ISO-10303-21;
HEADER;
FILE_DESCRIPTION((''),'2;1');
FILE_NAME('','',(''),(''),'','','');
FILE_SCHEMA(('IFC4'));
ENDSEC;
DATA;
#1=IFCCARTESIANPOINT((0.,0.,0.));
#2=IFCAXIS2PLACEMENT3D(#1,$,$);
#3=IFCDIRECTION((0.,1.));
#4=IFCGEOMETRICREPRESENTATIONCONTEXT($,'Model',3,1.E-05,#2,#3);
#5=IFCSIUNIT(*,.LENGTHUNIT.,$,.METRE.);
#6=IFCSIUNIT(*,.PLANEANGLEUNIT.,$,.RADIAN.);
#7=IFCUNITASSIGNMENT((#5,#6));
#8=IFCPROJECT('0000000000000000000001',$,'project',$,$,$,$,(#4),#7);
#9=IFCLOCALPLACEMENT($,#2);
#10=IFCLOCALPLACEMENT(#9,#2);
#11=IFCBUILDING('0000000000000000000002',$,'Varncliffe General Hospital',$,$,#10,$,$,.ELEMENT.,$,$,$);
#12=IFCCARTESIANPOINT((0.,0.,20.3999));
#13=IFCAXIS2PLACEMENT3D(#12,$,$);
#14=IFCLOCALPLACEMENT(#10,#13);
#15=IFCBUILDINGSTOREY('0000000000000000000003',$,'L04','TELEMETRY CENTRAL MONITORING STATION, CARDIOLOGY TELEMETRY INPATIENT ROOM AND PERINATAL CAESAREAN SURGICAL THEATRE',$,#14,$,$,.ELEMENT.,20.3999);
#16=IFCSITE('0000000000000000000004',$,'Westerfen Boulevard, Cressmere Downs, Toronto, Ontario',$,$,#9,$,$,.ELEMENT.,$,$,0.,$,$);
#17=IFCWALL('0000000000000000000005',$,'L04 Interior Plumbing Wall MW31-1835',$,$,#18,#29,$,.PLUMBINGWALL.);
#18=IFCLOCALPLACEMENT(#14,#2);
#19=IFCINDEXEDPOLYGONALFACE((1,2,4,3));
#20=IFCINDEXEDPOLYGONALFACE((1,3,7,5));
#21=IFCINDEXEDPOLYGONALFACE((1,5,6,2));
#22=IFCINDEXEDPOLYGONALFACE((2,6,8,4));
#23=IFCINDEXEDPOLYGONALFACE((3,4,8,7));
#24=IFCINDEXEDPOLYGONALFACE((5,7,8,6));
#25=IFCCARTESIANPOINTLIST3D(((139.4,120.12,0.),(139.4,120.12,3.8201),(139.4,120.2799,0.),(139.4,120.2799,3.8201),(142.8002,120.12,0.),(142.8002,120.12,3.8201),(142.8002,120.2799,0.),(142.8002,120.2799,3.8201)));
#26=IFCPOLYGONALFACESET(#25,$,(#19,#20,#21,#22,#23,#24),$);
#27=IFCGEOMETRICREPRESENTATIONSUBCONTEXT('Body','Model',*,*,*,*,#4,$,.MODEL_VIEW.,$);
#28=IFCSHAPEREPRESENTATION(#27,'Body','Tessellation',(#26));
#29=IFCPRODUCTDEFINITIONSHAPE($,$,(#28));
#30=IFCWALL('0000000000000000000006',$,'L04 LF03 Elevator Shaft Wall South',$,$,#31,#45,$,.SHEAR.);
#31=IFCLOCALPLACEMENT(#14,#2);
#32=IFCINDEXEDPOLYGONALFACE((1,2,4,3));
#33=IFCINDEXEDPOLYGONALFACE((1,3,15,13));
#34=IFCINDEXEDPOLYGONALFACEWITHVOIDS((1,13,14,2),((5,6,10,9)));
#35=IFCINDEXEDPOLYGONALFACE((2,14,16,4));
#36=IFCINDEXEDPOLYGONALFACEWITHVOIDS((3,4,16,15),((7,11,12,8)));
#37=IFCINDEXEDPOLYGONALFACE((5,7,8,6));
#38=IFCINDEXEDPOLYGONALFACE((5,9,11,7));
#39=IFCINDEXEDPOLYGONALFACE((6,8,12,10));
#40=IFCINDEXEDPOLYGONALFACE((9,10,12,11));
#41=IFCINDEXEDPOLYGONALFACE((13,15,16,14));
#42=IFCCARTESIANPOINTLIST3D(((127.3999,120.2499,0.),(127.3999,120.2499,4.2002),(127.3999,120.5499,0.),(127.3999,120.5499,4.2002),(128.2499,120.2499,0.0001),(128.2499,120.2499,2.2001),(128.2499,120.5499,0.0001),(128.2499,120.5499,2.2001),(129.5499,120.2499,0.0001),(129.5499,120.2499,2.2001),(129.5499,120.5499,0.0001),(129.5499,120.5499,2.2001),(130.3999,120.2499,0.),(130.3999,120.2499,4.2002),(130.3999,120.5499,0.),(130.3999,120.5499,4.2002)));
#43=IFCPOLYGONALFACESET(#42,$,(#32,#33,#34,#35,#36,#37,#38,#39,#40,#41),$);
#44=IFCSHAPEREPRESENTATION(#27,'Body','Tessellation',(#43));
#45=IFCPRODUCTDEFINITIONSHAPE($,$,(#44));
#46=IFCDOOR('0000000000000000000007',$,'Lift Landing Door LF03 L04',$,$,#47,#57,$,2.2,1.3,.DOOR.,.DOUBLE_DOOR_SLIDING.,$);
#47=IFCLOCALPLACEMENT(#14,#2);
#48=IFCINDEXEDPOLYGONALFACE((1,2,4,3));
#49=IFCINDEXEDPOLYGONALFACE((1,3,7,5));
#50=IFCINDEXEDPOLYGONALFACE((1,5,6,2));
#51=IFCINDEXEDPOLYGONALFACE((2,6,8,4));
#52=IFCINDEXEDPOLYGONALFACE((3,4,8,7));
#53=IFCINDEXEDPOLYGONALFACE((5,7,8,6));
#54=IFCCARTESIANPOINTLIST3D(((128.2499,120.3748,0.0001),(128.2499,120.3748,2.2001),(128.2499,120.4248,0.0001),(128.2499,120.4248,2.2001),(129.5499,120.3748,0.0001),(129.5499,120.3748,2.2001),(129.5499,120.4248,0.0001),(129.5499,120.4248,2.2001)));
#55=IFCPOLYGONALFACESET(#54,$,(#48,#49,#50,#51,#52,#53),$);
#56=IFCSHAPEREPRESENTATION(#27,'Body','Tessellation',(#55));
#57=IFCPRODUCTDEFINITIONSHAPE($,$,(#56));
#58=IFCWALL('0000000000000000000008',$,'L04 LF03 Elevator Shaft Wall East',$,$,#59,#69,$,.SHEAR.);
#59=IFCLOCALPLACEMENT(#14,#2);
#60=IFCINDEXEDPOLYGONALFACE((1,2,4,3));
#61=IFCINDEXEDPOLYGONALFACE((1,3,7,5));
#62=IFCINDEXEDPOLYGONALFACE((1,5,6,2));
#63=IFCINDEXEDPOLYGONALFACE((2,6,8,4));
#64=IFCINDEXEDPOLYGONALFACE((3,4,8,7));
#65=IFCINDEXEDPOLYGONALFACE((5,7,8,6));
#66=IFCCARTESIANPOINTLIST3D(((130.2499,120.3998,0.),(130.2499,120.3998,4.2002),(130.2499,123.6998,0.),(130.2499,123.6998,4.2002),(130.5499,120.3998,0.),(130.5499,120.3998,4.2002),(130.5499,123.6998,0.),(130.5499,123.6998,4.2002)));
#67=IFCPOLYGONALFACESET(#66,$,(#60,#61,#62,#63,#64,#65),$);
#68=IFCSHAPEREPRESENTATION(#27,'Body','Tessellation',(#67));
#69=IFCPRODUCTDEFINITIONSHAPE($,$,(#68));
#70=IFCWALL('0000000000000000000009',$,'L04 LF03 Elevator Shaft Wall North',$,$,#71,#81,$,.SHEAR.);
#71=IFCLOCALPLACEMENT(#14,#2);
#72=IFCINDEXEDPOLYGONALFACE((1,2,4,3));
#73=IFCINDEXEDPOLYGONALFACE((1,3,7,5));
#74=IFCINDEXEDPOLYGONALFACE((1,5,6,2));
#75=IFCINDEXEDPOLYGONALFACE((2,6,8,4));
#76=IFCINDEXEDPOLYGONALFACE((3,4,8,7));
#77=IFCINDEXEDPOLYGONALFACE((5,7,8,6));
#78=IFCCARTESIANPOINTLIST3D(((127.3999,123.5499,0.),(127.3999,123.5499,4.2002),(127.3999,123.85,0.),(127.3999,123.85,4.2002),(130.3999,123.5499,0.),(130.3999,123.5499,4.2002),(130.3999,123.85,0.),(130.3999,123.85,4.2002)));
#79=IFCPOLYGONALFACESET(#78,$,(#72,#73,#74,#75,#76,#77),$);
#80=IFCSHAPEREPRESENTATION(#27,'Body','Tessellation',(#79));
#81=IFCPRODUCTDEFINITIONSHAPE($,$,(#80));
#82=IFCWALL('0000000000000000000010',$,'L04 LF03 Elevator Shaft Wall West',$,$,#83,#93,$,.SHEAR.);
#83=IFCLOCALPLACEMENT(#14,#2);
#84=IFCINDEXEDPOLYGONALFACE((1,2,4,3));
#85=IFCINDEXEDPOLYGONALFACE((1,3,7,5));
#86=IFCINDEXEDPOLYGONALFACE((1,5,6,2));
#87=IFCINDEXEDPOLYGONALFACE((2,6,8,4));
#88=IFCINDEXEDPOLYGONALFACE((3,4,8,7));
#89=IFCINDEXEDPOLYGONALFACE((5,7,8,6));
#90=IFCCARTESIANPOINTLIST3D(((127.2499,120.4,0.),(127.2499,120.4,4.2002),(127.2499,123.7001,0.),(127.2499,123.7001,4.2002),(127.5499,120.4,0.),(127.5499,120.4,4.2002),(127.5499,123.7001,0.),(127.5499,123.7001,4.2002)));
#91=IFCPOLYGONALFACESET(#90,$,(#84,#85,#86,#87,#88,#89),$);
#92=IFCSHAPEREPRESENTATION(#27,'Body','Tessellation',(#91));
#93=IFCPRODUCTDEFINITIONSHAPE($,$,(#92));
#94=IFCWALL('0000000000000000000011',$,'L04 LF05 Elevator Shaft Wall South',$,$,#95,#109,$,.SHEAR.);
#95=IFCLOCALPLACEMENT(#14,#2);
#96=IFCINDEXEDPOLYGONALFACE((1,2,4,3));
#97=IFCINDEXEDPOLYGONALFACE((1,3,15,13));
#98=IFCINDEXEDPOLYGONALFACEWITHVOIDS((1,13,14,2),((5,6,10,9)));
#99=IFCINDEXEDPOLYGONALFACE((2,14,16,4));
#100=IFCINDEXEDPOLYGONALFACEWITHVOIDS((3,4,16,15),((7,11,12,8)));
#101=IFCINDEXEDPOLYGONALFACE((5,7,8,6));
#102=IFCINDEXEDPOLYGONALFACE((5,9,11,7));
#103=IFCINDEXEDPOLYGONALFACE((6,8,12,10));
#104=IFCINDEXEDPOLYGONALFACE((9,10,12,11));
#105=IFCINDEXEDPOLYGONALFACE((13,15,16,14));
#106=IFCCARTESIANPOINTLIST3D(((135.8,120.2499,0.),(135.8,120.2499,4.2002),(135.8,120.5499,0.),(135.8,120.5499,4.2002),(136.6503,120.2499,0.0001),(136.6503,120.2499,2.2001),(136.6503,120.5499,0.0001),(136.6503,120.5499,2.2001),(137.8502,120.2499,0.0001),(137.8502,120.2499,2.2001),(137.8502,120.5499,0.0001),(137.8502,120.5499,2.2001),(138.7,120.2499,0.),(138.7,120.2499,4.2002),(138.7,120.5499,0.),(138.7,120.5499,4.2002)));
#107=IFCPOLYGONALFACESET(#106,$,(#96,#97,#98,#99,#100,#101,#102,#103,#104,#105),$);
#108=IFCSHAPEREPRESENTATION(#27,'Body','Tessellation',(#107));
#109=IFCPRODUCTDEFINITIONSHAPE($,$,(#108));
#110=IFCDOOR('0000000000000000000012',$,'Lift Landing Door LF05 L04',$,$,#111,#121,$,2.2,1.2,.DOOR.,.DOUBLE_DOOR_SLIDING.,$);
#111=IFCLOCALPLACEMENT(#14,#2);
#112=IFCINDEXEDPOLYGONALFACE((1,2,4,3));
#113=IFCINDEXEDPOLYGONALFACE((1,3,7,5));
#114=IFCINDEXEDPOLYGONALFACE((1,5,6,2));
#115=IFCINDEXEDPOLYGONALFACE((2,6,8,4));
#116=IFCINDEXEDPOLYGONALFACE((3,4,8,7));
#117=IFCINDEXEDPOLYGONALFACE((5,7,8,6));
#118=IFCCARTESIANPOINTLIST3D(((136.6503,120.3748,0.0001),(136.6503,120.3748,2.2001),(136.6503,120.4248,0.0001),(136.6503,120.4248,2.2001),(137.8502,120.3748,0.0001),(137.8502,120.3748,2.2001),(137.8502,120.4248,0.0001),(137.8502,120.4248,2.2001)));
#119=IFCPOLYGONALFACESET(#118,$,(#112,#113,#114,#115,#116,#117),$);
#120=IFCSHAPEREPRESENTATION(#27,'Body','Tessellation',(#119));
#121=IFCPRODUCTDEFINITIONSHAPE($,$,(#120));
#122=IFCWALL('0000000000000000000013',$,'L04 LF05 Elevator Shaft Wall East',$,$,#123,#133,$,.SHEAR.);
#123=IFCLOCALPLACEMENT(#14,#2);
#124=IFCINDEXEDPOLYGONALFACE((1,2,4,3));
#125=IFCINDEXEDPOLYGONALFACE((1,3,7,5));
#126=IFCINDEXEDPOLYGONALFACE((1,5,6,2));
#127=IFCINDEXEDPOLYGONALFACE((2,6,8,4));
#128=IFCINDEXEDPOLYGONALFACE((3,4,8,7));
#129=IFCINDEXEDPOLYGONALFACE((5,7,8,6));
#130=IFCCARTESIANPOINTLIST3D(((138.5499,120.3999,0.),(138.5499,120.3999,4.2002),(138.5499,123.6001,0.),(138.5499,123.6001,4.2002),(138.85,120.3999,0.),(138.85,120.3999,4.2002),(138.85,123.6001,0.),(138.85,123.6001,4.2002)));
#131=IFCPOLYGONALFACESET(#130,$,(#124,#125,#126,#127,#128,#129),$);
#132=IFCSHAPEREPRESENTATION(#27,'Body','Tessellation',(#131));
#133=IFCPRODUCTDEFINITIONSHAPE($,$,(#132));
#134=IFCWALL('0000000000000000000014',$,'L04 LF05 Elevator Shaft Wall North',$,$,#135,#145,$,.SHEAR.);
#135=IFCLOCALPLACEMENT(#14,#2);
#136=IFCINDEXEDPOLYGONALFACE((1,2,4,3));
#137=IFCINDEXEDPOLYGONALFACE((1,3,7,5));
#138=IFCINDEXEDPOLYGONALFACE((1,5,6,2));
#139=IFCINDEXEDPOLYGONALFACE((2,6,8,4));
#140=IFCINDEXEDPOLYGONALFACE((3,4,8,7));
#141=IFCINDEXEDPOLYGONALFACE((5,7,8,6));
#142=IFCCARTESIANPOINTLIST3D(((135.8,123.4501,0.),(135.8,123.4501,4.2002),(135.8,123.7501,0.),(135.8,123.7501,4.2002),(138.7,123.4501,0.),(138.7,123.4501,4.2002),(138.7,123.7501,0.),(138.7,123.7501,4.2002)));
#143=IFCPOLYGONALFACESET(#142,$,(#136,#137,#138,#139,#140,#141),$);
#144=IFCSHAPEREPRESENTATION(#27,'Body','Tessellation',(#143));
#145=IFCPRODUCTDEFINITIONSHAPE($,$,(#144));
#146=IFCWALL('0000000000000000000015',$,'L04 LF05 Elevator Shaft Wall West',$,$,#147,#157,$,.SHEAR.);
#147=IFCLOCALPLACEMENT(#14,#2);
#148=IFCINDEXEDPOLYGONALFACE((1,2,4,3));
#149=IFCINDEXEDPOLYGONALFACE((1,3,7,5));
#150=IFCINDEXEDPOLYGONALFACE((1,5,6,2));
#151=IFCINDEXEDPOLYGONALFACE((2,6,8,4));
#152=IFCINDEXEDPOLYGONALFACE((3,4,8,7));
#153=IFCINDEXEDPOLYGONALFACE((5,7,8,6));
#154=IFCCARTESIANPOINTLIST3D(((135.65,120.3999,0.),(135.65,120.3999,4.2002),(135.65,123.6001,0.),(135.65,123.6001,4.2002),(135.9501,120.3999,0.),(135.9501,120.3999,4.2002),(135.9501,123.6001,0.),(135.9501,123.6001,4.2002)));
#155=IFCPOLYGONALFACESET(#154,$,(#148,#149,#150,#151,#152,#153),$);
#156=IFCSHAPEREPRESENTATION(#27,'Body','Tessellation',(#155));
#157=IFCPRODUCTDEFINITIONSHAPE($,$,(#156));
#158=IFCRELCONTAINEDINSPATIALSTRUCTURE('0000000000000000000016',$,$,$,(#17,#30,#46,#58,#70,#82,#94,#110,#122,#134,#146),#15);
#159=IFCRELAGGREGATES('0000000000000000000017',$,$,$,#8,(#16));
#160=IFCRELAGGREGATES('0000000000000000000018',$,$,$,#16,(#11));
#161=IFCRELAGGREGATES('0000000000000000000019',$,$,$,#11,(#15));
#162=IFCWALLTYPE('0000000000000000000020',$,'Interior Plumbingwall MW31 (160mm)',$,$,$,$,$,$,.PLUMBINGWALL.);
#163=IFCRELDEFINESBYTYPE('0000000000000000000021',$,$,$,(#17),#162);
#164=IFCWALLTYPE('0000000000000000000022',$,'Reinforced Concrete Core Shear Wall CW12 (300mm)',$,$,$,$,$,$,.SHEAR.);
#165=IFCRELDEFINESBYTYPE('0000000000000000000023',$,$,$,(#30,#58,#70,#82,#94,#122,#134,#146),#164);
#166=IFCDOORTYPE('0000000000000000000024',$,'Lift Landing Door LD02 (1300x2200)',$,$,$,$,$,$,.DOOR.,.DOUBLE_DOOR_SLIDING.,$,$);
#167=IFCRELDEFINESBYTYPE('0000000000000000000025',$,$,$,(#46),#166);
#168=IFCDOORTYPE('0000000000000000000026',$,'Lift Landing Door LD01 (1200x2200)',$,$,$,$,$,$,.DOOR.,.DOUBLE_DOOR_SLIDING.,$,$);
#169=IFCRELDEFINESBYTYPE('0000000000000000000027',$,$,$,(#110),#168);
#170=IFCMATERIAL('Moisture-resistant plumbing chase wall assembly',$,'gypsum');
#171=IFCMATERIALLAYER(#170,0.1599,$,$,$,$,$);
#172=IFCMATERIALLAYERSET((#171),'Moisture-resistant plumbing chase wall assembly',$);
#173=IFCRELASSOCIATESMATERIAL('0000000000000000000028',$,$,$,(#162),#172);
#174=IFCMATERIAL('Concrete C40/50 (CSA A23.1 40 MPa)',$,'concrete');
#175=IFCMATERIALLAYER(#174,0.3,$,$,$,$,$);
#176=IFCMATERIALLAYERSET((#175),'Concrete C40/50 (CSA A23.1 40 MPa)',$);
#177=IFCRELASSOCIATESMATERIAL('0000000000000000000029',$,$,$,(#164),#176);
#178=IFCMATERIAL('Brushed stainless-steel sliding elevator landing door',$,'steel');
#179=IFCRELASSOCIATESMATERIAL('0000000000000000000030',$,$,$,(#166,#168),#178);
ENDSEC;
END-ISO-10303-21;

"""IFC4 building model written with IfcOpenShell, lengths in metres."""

from ifc_helpers import new_model, si_unit, direction, frame, frame_2d, origin, place, context, subcontext, project, spatial, rectangle, extrude, material, layer, layer_set, type_object, element, fill, save


model = new_model("IFC4")

# Units and contexts
model_context = context("Model", 3, precision=1e-05, world=origin(), true_north=direction((0.0, 1.0)))
body_context = subcontext(model_context, "Body", "Model", "MODEL_VIEW")
ifc_project = project(units=[si_unit("LENGTHUNIT", "METRE"), si_unit("PLANEANGLEUNIT", "RADIAN")], contexts=[model_context])

# Site, building, storey
site_placement = place(None, origin())
site = spatial("IfcSite", under=ifc_project, at=site_placement, Name="Westerfen Boulevard, Cressmere Downs, Toronto, Ontario", CompositionType="ELEMENT", RefElevation=0.0)
building_placement = place(site_placement, origin())
building = spatial("IfcBuilding", under=site, at=building_placement, Name="Varncliffe General Hospital", CompositionType="ELEMENT")
storey_placement = place(building_placement, frame((0.0, 0.0, 20.3999)))
storey = spatial("IfcBuildingStorey", under=building, at=storey_placement, Name="L04", Description="TELEMETRY CENTRAL MONITORING STATION, CARDIOLOGY TELEMETRY INPATIENT ROOM AND PERINATAL CAESAREAN SURGICAL THEATRE", CompositionType="ELEMENT", Elevation=20.3999)

# Shared definitions
ifc_material_1 = material(Name="Concrete C40/50 (CSA A23.1 40 MPa)", Category="concrete")

# Wall
ifc_material_2 = material(Name="Moisture-resistant plumbing chase wall assembly", Category="gypsum")
ifc_layer_1 = layer(ifc_material_2, 0.1599)
ifc_layer_set_1 = layer_set([ifc_layer_1], Name="Moisture-resistant plumbing chase wall assembly")
wall_type_1 = type_object("IfcWallType", Name="Interior Plumbingwall MW31 (160mm)", PredefinedType="PLUMBINGWALL", material=ifc_layer_set_1)
wall_1_placement = place(storey_placement, frame((139.3999, 120.2, 0.0), z_axis=(0.0, 0.0, 1.0), x_axis=(1.0, 0.0, 0.0)))
element("IfcWall", 1, at=wall_1_placement, inside=storey, type_object=wall_type_1, Name="L04 Interior Plumbing Wall MW31-1835", PredefinedType="PLUMBINGWALL", context=body_context, shape_type="SweptSolid", body=[
    extrude(rectangle(XDim=3.4001, YDim=0.1599, at=frame_2d((1.7002, 0.0))), origin(), (0.0, 0.0, 1.0), 3.8201),
])

# Wall, opening, door
ifc_layer_2 = layer(ifc_material_1, 0.3)
ifc_layer_set_2 = layer_set([ifc_layer_2], Name="Concrete C40/50 (CSA A23.1 40 MPa)")
wall_type_2 = type_object("IfcWallType", Name="Reinforced Concrete Core Shear Wall CW12 (300mm)", PredefinedType="SHEAR", material=ifc_layer_set_2)
wall_2_placement = place(storey_placement, frame((127.3999, 120.3999, 0.0), z_axis=(0.0, 0.0, 1.0), x_axis=(1.0, 0.0, 0.0)))
wall_2 = element("IfcWall", 2, at=wall_2_placement, inside=storey, type_object=wall_type_2, Name="L04 LF03 Elevator Shaft Wall South", PredefinedType="SHEAR", context=body_context, shape_type="SweptSolid", body=[
    extrude(rectangle(XDim=3.0, YDim=0.3, at=frame_2d((1.5, 0.0))), origin(), (0.0, 0.0, 1.0), 4.2002),
])
opening_1_placement = place(wall_2_placement, frame((0.8501, 0.0, 0.0)))
opening_1 = element("IfcOpeningElement", 3, at=opening_1_placement, cuts=wall_2, PredefinedType="OPENING", context=body_context, shape_type="SweptSolid", body=[
    extrude(rectangle(XDim=1.3, YDim=2.2, at=frame_2d((0.6499, 1.1001))), frame((0.0, 0.1602, 0.0), z_axis=(0.0, -1.0, 0.0), x_axis=(1.0, 0.0, 0.0)), (0.0, 0.0, 1.0), 0.3201),
])
ifc_material_3 = material(Name="Brushed stainless-steel sliding elevator landing door", Category="steel")
door_type_1 = type_object("IfcDoorType", Name="Lift Landing Door LD02 (1300x2200)", OperationType="DOUBLE_DOOR_SLIDING", PredefinedType="DOOR", material=ifc_material_3)
door_1_placement = place(opening_1_placement, origin())
door_1 = element("IfcDoor", 4, at=door_1_placement, inside=storey, type_object=door_type_1, Name="Lift Landing Door LF03 L04", OperationType="DOUBLE_DOOR_SLIDING", OverallHeight=2.2, OverallWidth=1.3, PredefinedType="DOOR", context=body_context, shape_type="SweptSolid", body=[
    extrude(rectangle(XDim=1.3, YDim=2.2, at=frame_2d((0.6499, 1.1001))), frame((0.0, 0.0249, 0.0), z_axis=(0.0, -1.0, 0.0), x_axis=(1.0, 0.0, 0.0)), (0.0, 0.0, 1.0), 0.05),
])
fill(opening_1, door_1)

# Walls
wall_3_placement = place(storey_placement, frame((130.3999, 120.3999, 0.0), z_axis=(0.0, 0.0, 1.0), x_axis=(0.0, 1.0, 0.0)))
element("IfcWall", 5, at=wall_3_placement, inside=storey, type_object=wall_type_2, Name="L04 LF03 Elevator Shaft Wall East", PredefinedType="SHEAR", context=body_context, shape_type="SweptSolid", body=[
    extrude(rectangle(XDim=3.3, YDim=0.3, at=frame_2d((1.6499, 0.0))), origin(), (0.0, 0.0, 1.0), 4.2002),
])
wall_4_placement = place(storey_placement, frame((130.3999, 123.7, 0.0), z_axis=(0.0, 0.0, 1.0), x_axis=(-1.0, 0.0, 0.0)))
element("IfcWall", 6, at=wall_4_placement, inside=storey, type_object=wall_type_2, Name="L04 LF03 Elevator Shaft Wall North", PredefinedType="SHEAR", context=body_context, shape_type="SweptSolid", body=[
    extrude(rectangle(XDim=3.0, YDim=0.3, at=frame_2d((1.5, 0.0))), origin(), (0.0, 0.0, 1.0), 4.2002),
])
wall_5_placement = place(storey_placement, frame((127.3999, 123.7, 0.0), z_axis=(0.0, 0.0, 1.0), x_axis=(0.0, -1.0, 0.0)))
element("IfcWall", 7, at=wall_5_placement, inside=storey, type_object=wall_type_2, Name="L04 LF03 Elevator Shaft Wall West", PredefinedType="SHEAR", context=body_context, shape_type="SweptSolid", body=[
    extrude(rectangle(XDim=3.3, YDim=0.3, at=frame_2d((1.6499, 0.0))), origin(), (0.0, 0.0, 1.0), 4.2002),
])

# Wall, opening, door
wall_6_placement = place(storey_placement, frame((135.8, 120.3999, 0.0), z_axis=(0.0, 0.0, 1.0), x_axis=(1.0, 0.0, 0.0)))
wall_6 = element("IfcWall", 8, at=wall_6_placement, inside=storey, type_object=wall_type_2, Name="L04 LF05 Elevator Shaft Wall South", PredefinedType="SHEAR", context=body_context, shape_type="SweptSolid", body=[
    extrude(rectangle(XDim=2.8999, YDim=0.3, at=frame_2d((1.45, 0.0))), origin(), (0.0, 0.0, 1.0), 4.2002),
])
opening_2_placement = place(wall_6_placement, frame((0.8501, 0.0, 0.0)))
opening_2 = element("IfcOpeningElement", 9, at=opening_2_placement, cuts=wall_6, PredefinedType="OPENING", context=body_context, shape_type="SweptSolid", body=[
    extrude(rectangle(XDim=1.2, YDim=2.2, at=frame_2d((0.6001, 1.1001))), frame((0.0, 0.1602, 0.0), z_axis=(0.0, -1.0, 0.0), x_axis=(1.0, 0.0, 0.0)), (0.0, 0.0, 1.0), 0.3201),
])
door_type_2 = type_object("IfcDoorType", Name="Lift Landing Door LD01 (1200x2200)", OperationType="DOUBLE_DOOR_SLIDING", PredefinedType="DOOR", material=ifc_material_3)
door_2_placement = place(opening_2_placement, origin())
door_2 = element("IfcDoor", 10, at=door_2_placement, inside=storey, type_object=door_type_2, Name="Lift Landing Door LF05 L04", OperationType="DOUBLE_DOOR_SLIDING", OverallHeight=2.2, OverallWidth=1.2, PredefinedType="DOOR", context=body_context, shape_type="SweptSolid", body=[
    extrude(rectangle(XDim=1.2, YDim=2.2, at=frame_2d((0.6001, 1.1001))), frame((0.0, 0.0249, 0.0), z_axis=(0.0, -1.0, 0.0), x_axis=(1.0, 0.0, 0.0)), (0.0, 0.0, 1.0), 0.05),
])
fill(opening_2, door_2)

# Walls
wall_7_placement = place(storey_placement, frame((138.7, 120.3999, 0.0), z_axis=(0.0, 0.0, 1.0), x_axis=(0.0, 1.0, 0.0)))
element("IfcWall", 11, at=wall_7_placement, inside=storey, type_object=wall_type_2, Name="L04 LF05 Elevator Shaft Wall East", PredefinedType="SHEAR", context=body_context, shape_type="SweptSolid", body=[
    extrude(rectangle(XDim=3.2002, YDim=0.3, at=frame_2d((1.6001, 0.0))), origin(), (0.0, 0.0, 1.0), 4.2002),
])
wall_8_placement = place(storey_placement, frame((138.7, 123.6001, 0.0), z_axis=(0.0, 0.0, 1.0), x_axis=(-1.0, 0.0, 0.0)))
element("IfcWall", 12, at=wall_8_placement, inside=storey, type_object=wall_type_2, Name="L04 LF05 Elevator Shaft Wall North", PredefinedType="SHEAR", context=body_context, shape_type="SweptSolid", body=[
    extrude(rectangle(XDim=2.8999, YDim=0.3, at=frame_2d((1.45, 0.0))), origin(), (0.0, 0.0, 1.0), 4.2002),
])
wall_9_placement = place(storey_placement, frame((135.8, 123.6001, 0.0), z_axis=(0.0, 0.0, 1.0), x_axis=(0.0, -1.0, 0.0)))
element("IfcWall", 13, at=wall_9_placement, inside=storey, type_object=wall_type_2, Name="L04 LF05 Elevator Shaft Wall West", PredefinedType="SHEAR", context=body_context, shape_type="SweptSolid", body=[
    extrude(rectangle(XDim=3.2002, YDim=0.3, at=frame_2d((1.6001, 0.0))), origin(), (0.0, 0.0, 1.0), 4.2002),
])

save(model, "model.ifc")
